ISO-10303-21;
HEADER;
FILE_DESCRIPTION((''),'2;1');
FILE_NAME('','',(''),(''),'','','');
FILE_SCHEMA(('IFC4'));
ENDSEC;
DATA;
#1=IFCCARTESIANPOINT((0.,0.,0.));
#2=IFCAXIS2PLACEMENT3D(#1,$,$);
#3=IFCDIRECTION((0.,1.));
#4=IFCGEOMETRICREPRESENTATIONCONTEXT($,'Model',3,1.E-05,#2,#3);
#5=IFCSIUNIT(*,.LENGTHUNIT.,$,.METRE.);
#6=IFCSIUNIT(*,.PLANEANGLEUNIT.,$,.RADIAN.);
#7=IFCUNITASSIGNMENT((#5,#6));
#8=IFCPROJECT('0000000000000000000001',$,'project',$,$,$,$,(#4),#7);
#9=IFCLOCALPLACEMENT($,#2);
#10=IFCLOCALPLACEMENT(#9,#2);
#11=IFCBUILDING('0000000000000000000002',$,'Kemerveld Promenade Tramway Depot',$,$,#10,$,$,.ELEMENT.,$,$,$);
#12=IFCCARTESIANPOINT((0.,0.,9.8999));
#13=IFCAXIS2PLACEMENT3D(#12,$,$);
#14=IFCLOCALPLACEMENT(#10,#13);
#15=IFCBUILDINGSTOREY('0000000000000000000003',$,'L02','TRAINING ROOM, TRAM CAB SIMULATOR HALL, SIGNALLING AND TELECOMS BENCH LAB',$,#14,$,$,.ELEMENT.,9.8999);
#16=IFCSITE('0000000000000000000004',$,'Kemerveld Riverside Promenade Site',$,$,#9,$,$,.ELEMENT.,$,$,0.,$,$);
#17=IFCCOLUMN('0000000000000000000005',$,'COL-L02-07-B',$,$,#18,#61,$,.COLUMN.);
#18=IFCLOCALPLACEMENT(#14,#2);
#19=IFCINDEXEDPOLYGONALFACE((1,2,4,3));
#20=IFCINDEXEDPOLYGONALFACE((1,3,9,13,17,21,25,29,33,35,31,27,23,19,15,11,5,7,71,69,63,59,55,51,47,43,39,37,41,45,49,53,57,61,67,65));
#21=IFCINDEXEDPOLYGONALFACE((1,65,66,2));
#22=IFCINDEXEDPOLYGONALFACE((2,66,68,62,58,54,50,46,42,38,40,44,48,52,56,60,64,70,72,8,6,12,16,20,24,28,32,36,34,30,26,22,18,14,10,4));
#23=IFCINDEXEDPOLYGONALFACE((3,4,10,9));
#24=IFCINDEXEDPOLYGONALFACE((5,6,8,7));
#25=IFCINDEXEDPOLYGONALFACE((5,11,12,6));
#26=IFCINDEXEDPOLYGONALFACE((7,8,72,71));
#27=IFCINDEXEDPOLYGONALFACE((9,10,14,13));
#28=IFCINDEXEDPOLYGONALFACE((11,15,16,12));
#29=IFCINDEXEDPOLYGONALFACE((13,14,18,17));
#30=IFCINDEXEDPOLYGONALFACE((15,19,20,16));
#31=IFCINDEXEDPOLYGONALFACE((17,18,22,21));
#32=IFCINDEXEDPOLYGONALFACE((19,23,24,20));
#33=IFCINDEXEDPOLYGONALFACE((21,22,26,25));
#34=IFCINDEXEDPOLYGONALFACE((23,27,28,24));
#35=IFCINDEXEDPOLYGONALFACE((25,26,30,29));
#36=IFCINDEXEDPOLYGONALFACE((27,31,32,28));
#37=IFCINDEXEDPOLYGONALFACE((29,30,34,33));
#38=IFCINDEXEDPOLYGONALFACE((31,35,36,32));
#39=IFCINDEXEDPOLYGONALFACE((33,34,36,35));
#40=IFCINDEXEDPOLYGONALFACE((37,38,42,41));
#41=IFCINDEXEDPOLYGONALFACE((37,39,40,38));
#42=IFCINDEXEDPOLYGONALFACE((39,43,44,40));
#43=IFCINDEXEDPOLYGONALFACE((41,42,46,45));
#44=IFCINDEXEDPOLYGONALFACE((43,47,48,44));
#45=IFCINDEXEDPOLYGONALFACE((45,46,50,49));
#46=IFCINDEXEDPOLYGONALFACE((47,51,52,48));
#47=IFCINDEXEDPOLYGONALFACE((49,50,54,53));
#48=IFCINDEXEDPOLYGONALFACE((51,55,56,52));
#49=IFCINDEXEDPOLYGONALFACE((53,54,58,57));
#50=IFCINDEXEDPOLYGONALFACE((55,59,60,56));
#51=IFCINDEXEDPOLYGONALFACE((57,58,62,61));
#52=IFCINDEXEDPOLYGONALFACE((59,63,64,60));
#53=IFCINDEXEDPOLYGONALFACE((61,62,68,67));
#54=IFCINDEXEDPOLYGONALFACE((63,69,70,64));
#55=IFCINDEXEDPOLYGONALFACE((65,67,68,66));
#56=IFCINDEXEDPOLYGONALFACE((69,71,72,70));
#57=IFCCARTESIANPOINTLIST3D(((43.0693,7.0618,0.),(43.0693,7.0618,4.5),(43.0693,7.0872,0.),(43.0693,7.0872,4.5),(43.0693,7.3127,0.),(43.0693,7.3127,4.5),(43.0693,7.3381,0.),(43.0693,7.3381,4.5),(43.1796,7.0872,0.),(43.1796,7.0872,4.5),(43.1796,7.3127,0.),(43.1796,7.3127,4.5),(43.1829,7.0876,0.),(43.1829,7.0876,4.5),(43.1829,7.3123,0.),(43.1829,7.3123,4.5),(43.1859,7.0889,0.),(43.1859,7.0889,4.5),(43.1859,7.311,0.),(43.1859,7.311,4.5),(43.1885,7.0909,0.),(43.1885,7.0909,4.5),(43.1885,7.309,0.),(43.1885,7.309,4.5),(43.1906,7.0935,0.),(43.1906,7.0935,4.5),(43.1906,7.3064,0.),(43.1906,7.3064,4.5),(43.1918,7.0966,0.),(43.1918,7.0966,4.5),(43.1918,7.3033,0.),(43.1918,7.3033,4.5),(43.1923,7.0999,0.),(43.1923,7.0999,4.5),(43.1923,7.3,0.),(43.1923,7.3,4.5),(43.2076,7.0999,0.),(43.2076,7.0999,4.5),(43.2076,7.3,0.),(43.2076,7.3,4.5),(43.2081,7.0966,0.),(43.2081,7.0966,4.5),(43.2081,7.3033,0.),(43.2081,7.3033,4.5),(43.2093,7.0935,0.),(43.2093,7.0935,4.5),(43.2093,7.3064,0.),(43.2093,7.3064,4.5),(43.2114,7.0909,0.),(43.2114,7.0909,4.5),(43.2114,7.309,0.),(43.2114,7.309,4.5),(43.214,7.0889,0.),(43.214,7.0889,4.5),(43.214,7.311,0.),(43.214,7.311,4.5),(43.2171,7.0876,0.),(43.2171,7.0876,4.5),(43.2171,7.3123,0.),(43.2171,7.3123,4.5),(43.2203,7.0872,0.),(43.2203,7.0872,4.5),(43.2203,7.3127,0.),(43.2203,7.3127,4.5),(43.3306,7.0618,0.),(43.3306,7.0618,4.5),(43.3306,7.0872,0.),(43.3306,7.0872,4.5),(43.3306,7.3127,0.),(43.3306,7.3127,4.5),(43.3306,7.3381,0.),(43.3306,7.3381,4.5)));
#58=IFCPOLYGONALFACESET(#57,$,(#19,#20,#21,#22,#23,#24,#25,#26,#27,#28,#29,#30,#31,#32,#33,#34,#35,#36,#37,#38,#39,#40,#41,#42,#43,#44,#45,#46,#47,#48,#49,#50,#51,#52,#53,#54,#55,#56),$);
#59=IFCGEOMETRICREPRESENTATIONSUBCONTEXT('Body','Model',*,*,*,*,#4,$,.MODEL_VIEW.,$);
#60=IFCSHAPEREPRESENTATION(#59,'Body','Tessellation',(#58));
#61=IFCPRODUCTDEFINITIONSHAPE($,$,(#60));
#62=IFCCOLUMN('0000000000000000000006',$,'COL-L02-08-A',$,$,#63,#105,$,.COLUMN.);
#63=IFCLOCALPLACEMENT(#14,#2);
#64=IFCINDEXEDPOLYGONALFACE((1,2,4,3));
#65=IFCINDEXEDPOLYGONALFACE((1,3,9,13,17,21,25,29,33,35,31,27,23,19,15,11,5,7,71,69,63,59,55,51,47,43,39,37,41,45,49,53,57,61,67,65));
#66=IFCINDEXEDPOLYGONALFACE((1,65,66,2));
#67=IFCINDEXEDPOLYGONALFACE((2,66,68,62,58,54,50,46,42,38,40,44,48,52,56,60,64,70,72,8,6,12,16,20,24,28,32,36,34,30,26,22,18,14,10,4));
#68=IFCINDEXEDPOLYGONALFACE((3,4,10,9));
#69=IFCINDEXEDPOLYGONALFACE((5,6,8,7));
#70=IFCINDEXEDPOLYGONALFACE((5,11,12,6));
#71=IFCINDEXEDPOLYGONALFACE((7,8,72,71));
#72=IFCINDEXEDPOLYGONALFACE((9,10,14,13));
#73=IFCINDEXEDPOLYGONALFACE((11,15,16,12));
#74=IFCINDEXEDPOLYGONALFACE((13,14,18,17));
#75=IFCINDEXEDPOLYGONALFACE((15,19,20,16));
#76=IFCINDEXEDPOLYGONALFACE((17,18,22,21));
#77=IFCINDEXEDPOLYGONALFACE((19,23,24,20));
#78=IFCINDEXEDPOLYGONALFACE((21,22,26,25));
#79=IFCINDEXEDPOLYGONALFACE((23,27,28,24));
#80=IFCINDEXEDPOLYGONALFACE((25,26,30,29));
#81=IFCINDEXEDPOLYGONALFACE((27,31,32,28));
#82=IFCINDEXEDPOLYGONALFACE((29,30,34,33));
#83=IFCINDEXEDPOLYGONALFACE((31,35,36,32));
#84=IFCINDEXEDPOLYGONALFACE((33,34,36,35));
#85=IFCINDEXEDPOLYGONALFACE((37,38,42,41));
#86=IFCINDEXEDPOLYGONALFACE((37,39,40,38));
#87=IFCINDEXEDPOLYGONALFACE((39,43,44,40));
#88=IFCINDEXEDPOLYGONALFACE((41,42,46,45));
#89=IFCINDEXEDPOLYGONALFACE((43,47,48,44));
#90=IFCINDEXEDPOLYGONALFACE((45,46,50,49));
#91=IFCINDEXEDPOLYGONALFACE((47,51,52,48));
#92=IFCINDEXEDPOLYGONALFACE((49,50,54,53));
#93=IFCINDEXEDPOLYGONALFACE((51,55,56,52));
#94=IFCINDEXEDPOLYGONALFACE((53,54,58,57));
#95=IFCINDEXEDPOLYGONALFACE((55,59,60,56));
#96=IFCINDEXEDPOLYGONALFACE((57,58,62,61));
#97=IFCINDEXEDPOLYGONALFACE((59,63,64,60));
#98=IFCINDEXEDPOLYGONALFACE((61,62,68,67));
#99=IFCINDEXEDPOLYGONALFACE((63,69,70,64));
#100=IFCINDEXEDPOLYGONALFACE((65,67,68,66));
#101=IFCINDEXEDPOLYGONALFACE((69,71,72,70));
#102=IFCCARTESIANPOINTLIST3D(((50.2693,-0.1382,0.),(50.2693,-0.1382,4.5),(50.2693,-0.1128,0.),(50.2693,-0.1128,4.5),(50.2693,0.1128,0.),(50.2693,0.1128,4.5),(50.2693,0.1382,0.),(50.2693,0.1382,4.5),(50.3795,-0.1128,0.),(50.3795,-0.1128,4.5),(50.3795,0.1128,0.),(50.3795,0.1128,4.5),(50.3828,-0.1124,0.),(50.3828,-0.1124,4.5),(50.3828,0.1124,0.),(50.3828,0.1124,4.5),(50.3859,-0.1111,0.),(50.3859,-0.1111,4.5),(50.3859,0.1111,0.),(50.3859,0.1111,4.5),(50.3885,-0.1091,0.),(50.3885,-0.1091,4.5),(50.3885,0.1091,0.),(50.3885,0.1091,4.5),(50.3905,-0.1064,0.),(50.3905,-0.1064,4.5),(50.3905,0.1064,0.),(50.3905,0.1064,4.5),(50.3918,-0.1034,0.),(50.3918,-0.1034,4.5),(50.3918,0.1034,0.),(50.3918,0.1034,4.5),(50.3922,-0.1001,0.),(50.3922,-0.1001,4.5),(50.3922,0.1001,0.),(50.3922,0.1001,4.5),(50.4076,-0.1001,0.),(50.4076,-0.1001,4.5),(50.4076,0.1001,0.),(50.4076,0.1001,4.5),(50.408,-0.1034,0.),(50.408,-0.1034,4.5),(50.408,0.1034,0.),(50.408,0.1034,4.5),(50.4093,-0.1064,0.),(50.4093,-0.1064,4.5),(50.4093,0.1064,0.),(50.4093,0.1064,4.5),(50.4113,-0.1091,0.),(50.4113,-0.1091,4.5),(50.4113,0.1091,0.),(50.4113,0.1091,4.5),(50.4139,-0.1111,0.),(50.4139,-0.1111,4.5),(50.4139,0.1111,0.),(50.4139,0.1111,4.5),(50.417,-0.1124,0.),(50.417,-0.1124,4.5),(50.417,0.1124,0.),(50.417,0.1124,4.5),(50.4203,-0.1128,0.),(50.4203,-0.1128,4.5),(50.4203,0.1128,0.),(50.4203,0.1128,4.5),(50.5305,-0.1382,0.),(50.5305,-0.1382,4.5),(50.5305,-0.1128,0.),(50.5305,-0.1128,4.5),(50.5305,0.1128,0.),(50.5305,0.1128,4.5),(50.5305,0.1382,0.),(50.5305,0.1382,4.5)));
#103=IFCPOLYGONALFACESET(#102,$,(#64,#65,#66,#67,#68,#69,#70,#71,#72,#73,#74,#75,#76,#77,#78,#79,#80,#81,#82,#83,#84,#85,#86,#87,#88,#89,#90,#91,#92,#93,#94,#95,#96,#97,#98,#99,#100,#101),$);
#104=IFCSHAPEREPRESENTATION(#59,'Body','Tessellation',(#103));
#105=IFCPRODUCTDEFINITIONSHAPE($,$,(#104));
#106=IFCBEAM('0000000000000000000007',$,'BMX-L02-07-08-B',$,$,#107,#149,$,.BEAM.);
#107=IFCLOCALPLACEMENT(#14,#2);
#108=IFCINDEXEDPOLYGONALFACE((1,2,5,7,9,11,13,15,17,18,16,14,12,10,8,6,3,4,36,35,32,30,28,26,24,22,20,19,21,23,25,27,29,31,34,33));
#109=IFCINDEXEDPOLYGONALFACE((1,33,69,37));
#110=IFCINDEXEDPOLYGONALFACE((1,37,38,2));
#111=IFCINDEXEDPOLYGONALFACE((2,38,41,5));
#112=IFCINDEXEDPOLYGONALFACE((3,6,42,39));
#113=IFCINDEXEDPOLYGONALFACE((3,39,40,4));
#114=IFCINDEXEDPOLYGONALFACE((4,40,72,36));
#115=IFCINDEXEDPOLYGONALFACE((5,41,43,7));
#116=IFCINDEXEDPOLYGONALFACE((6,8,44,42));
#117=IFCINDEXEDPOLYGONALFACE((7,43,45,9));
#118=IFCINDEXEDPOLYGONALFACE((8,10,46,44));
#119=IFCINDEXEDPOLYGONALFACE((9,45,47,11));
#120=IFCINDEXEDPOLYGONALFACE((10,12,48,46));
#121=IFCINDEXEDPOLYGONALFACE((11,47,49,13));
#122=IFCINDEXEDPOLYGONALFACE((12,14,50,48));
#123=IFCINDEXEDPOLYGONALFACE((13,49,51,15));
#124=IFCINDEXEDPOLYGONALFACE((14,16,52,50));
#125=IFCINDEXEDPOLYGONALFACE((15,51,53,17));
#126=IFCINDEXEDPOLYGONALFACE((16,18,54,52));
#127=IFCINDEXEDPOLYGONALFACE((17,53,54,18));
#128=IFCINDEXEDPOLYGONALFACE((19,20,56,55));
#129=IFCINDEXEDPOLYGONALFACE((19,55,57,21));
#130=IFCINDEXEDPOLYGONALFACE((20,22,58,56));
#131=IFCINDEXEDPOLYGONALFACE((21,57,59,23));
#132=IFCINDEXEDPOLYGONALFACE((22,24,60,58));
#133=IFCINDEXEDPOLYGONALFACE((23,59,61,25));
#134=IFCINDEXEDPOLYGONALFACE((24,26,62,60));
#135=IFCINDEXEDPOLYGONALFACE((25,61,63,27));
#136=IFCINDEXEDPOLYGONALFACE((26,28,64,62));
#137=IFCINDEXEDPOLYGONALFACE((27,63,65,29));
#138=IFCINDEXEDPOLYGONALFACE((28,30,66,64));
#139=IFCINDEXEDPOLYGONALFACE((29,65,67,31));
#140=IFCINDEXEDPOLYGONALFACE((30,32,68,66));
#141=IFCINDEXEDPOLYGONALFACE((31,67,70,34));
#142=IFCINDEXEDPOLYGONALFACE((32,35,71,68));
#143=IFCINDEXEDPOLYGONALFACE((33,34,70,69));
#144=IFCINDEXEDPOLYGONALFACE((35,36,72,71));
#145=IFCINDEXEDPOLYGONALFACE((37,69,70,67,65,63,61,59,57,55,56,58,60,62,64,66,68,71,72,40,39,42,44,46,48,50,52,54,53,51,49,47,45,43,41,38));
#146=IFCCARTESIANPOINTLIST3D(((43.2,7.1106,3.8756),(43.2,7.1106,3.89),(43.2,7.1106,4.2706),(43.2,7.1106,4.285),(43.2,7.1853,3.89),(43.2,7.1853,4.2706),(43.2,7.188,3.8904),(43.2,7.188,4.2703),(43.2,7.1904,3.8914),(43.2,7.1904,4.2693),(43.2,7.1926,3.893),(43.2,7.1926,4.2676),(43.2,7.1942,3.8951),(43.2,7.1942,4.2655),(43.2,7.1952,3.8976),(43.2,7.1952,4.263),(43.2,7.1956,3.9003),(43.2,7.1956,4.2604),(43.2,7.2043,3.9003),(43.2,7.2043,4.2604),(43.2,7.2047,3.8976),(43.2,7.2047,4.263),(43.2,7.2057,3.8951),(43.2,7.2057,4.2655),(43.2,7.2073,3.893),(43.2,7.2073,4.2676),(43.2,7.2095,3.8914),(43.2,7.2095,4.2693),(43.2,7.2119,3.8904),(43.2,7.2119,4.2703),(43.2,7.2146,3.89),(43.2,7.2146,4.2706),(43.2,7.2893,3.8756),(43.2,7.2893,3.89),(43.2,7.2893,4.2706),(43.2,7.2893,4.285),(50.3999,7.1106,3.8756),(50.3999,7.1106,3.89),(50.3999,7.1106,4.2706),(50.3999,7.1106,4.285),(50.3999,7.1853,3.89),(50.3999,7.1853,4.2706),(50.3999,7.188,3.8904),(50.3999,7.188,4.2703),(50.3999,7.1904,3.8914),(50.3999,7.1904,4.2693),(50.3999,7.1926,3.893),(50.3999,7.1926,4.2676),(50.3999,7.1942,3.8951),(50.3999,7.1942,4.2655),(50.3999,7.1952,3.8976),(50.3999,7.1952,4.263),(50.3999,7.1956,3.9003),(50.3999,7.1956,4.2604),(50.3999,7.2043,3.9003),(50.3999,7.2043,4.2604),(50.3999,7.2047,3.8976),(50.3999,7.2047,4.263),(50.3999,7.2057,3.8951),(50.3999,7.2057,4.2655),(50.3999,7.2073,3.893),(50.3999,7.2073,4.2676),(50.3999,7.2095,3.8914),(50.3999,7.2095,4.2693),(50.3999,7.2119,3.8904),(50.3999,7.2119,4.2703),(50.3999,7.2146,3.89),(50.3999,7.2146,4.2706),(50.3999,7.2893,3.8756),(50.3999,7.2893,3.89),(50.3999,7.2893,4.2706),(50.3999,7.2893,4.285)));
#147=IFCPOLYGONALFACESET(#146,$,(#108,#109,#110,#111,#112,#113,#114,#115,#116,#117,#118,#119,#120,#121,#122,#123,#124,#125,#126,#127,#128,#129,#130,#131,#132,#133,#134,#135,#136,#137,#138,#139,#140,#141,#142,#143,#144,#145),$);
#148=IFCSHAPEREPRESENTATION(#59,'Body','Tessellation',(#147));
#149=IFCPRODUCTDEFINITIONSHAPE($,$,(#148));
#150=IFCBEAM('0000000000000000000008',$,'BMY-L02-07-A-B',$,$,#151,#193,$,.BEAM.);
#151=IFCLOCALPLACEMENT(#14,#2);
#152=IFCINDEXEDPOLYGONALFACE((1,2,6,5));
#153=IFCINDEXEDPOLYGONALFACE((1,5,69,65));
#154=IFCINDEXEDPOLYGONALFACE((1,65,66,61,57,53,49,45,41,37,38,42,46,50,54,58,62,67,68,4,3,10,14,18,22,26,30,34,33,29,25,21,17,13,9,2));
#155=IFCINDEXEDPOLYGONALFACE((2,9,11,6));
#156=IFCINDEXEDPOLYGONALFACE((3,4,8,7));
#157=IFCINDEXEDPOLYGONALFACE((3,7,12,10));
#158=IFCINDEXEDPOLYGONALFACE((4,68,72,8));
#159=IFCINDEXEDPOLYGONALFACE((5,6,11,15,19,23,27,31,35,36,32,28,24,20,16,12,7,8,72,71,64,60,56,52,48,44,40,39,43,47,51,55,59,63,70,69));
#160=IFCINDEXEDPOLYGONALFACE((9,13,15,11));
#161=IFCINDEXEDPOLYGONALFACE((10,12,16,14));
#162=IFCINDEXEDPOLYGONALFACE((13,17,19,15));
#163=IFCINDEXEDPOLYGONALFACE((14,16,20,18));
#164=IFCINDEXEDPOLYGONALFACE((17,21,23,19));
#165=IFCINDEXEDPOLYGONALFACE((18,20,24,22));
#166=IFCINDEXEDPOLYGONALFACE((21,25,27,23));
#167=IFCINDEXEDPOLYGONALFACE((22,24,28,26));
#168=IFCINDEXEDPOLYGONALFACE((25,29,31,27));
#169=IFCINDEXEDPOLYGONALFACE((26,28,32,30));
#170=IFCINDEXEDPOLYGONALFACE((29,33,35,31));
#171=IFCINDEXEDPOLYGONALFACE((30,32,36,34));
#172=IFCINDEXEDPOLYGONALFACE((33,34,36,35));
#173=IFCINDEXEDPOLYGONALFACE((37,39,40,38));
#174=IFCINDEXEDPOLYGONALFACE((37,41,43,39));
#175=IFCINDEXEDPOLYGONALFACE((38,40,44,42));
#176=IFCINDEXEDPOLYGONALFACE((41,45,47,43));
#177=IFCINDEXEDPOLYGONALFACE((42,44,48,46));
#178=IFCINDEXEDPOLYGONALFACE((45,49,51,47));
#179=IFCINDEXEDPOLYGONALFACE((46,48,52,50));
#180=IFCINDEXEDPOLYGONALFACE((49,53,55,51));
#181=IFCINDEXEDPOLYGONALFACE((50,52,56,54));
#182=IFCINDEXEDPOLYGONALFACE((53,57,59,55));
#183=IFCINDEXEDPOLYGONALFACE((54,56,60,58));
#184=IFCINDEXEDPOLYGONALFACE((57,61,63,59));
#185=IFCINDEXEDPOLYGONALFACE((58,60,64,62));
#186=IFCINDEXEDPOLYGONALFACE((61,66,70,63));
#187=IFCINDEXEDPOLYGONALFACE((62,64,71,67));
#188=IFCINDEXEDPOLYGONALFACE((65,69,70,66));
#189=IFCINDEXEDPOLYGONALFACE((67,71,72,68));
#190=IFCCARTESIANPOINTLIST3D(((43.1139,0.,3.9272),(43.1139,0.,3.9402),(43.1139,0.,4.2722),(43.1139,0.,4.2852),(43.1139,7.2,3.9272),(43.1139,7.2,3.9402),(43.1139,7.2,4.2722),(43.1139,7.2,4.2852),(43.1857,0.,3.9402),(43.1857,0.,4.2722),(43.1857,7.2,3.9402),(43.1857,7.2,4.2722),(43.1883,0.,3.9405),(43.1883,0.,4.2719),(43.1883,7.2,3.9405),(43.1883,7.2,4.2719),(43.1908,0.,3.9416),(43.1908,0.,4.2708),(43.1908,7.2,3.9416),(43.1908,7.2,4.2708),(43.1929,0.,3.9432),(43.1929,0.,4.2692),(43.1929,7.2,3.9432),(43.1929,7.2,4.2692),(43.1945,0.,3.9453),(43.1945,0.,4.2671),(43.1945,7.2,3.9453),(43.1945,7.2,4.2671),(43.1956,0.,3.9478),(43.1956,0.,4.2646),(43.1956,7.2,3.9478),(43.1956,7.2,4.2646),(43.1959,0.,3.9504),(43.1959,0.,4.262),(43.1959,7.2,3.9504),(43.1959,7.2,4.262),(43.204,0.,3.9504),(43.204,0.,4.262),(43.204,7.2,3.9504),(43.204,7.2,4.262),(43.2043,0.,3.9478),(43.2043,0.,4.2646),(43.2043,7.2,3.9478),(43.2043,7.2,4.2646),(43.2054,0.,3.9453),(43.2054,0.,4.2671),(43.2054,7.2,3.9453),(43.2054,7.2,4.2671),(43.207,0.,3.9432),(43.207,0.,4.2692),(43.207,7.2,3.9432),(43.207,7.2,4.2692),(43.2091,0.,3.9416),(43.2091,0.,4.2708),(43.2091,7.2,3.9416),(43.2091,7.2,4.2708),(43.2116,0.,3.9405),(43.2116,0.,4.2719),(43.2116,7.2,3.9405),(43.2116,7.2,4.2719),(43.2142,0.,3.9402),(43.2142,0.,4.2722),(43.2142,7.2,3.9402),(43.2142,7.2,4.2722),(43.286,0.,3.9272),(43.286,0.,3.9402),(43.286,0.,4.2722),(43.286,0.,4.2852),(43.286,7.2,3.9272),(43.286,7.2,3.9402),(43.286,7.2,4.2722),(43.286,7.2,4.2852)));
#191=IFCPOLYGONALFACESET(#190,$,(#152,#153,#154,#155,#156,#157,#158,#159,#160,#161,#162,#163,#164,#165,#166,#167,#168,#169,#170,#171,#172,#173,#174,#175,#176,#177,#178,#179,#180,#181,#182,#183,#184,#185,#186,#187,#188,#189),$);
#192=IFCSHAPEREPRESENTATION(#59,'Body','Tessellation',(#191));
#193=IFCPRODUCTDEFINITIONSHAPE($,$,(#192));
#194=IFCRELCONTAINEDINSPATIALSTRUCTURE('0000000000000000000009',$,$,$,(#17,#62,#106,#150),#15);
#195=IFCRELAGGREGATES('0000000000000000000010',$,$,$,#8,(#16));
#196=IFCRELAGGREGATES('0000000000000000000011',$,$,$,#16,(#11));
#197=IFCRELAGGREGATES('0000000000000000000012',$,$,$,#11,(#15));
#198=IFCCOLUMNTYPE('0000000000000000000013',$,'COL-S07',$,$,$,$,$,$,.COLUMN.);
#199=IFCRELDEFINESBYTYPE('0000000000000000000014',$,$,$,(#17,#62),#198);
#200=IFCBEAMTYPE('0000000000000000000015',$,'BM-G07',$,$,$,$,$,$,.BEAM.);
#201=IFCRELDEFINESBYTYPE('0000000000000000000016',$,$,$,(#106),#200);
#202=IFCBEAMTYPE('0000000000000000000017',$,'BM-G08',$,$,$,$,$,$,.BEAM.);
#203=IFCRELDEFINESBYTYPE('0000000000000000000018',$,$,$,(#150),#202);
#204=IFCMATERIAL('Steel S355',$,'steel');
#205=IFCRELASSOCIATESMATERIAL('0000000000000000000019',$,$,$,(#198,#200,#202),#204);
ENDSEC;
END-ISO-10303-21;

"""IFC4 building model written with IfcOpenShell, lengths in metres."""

from ifc_helpers import new_model, si_unit, direction, frame, origin, origin_2d, place, context, subcontext, project, spatial, i_section, extrude, material, material_profile, profile_set, type_object, element, save


model = new_model("IFC4")

# Units and contexts
model_context = context("Model", 3, precision=1e-05, world=origin(), true_north=direction((0.0, 1.0)))
body_context = subcontext(model_context, "Body", "Model", "MODEL_VIEW")
ifc_project = project(units=[si_unit("LENGTHUNIT", "METRE"), si_unit("PLANEANGLEUNIT", "RADIAN")], contexts=[model_context])

# Site, building, storey
site_placement = place(None, origin())
site = spatial("IfcSite", under=ifc_project, at=site_placement, Name="Kemerveld Riverside Promenade Site", CompositionType="ELEMENT", RefElevation=0.0)
building_placement = place(site_placement, origin())
building = spatial("IfcBuilding", under=site, at=building_placement, Name="Kemerveld Promenade Tramway Depot", CompositionType="ELEMENT")
storey_placement = place(building_placement, frame((0.0, 0.0, 9.8999)))
storey = spatial("IfcBuildingStorey", under=building, at=storey_placement, Name="L02", Description="TRAINING ROOM, TRAM CAB SIMULATOR HALL, SIGNALLING AND TELECOMS BENCH LAB", CompositionType="ELEMENT", Elevation=9.8999)

# Columns
ifc_material_1 = material(Name="Steel S355", Category="steel")
ifc_material_profile_1 = material_profile(ifc_material_1, i_section(OverallWidth=0.2612, OverallDepth=0.2764, WebThickness=0.0154, FlangeThickness=0.0254, FilletRadius=0.0127, at=origin_2d()), Name="254x254x132 UC")
ifc_profile_set_1 = profile_set([ifc_material_profile_1], Name="Steel S355")
column_type = type_object("IfcColumnType", Name="COL-S07", PredefinedType="COLUMN", material=ifc_profile_set_1)
for number, where, z_axis, x_axis, name in (
    (1, (43.2, 7.2, 0.0), (0.0, 0.0, 1.0), (1.0, 0.0, 0.0), "COL-L02-07-B"),
    (2, (50.3999, 0.0, 0.0), (0.0, 0.0, 1.0), (1.0, 0.0, 0.0), "COL-L02-08-A"),
):
    element("IfcColumn", number, at=place(storey_placement, frame(where, z_axis=z_axis, x_axis=x_axis)), inside=storey, type_object=column_type, Name=name, PredefinedType="COLUMN", context=body_context, shape_type="SweptSolid", body=[
        extrude(i_section(OverallWidth=0.2612, OverallDepth=0.2764, WebThickness=0.0154, FlangeThickness=0.0254, FilletRadius=0.0127, at=origin_2d()), origin(), (0.0, 0.0, 1.0), 4.5),
    ])

# Beams
ifc_material_profile_2 = material_profile(ifc_material_1, i_section(OverallWidth=0.1787, OverallDepth=0.4094, WebThickness=0.0088, FlangeThickness=0.0144, FilletRadius=0.0103, at=origin_2d()), Name="406x178x67 UB")
ifc_profile_set_2 = profile_set([ifc_material_profile_2], Name="Steel S355")
beam_type_1 = type_object("IfcBeamType", Name="BM-G07", PredefinedType="BEAM", material=ifc_profile_set_2)
beam_1_placement = place(storey_placement, frame((43.2, 7.2, 4.0803), z_axis=(1.0, 0.0, 0.0), x_axis=(0.0, 1.0, 0.0)))
element("IfcBeam", 3, at=beam_1_placement, inside=storey, type_object=beam_type_1, Name="BMX-L02-07-08-B", PredefinedType="BEAM", context=body_context, shape_type="SweptSolid", body=[
    extrude(i_section(OverallWidth=0.1787, OverallDepth=0.4094, WebThickness=0.0088, FlangeThickness=0.0144, FilletRadius=0.0103, at=origin_2d()), origin(), (0.0, 0.0, 1.0), 7.2),
])
ifc_material_profile_3 = material_profile(ifc_material_1, i_section(OverallWidth=0.1721, OverallDepth=0.3579, WebThickness=0.0081, FlangeThickness=0.0129, FilletRadius=0.0103, at=origin_2d()), Name="356x171x57 UB")
ifc_profile_set_3 = profile_set([ifc_material_profile_3], Name="Steel S355")
beam_type_2 = type_object("IfcBeamType", Name="BM-G08", PredefinedType="BEAM", material=ifc_profile_set_3)
for number, where, z_axis, x_axis, name in (
    (4, (43.2, 0.0, 4.1062), (0.0, 1.0, 0.0), (-1.0, 0.0, 0.0), "BMY-L02-07-A-B"),
):
    element("IfcBeam", number, at=place(storey_placement, frame(where, z_axis=z_axis, x_axis=x_axis)), inside=storey, type_object=beam_type_2, Name=name, PredefinedType="BEAM", context=body_context, shape_type="SweptSolid", body=[
        extrude(i_section(OverallWidth=0.1721, OverallDepth=0.3579, WebThickness=0.0081, FlangeThickness=0.0129, FilletRadius=0.0103, at=origin_2d()), origin(), (0.0, 0.0, 1.0), 7.2),
    ])

save(model, "model.ifc")
